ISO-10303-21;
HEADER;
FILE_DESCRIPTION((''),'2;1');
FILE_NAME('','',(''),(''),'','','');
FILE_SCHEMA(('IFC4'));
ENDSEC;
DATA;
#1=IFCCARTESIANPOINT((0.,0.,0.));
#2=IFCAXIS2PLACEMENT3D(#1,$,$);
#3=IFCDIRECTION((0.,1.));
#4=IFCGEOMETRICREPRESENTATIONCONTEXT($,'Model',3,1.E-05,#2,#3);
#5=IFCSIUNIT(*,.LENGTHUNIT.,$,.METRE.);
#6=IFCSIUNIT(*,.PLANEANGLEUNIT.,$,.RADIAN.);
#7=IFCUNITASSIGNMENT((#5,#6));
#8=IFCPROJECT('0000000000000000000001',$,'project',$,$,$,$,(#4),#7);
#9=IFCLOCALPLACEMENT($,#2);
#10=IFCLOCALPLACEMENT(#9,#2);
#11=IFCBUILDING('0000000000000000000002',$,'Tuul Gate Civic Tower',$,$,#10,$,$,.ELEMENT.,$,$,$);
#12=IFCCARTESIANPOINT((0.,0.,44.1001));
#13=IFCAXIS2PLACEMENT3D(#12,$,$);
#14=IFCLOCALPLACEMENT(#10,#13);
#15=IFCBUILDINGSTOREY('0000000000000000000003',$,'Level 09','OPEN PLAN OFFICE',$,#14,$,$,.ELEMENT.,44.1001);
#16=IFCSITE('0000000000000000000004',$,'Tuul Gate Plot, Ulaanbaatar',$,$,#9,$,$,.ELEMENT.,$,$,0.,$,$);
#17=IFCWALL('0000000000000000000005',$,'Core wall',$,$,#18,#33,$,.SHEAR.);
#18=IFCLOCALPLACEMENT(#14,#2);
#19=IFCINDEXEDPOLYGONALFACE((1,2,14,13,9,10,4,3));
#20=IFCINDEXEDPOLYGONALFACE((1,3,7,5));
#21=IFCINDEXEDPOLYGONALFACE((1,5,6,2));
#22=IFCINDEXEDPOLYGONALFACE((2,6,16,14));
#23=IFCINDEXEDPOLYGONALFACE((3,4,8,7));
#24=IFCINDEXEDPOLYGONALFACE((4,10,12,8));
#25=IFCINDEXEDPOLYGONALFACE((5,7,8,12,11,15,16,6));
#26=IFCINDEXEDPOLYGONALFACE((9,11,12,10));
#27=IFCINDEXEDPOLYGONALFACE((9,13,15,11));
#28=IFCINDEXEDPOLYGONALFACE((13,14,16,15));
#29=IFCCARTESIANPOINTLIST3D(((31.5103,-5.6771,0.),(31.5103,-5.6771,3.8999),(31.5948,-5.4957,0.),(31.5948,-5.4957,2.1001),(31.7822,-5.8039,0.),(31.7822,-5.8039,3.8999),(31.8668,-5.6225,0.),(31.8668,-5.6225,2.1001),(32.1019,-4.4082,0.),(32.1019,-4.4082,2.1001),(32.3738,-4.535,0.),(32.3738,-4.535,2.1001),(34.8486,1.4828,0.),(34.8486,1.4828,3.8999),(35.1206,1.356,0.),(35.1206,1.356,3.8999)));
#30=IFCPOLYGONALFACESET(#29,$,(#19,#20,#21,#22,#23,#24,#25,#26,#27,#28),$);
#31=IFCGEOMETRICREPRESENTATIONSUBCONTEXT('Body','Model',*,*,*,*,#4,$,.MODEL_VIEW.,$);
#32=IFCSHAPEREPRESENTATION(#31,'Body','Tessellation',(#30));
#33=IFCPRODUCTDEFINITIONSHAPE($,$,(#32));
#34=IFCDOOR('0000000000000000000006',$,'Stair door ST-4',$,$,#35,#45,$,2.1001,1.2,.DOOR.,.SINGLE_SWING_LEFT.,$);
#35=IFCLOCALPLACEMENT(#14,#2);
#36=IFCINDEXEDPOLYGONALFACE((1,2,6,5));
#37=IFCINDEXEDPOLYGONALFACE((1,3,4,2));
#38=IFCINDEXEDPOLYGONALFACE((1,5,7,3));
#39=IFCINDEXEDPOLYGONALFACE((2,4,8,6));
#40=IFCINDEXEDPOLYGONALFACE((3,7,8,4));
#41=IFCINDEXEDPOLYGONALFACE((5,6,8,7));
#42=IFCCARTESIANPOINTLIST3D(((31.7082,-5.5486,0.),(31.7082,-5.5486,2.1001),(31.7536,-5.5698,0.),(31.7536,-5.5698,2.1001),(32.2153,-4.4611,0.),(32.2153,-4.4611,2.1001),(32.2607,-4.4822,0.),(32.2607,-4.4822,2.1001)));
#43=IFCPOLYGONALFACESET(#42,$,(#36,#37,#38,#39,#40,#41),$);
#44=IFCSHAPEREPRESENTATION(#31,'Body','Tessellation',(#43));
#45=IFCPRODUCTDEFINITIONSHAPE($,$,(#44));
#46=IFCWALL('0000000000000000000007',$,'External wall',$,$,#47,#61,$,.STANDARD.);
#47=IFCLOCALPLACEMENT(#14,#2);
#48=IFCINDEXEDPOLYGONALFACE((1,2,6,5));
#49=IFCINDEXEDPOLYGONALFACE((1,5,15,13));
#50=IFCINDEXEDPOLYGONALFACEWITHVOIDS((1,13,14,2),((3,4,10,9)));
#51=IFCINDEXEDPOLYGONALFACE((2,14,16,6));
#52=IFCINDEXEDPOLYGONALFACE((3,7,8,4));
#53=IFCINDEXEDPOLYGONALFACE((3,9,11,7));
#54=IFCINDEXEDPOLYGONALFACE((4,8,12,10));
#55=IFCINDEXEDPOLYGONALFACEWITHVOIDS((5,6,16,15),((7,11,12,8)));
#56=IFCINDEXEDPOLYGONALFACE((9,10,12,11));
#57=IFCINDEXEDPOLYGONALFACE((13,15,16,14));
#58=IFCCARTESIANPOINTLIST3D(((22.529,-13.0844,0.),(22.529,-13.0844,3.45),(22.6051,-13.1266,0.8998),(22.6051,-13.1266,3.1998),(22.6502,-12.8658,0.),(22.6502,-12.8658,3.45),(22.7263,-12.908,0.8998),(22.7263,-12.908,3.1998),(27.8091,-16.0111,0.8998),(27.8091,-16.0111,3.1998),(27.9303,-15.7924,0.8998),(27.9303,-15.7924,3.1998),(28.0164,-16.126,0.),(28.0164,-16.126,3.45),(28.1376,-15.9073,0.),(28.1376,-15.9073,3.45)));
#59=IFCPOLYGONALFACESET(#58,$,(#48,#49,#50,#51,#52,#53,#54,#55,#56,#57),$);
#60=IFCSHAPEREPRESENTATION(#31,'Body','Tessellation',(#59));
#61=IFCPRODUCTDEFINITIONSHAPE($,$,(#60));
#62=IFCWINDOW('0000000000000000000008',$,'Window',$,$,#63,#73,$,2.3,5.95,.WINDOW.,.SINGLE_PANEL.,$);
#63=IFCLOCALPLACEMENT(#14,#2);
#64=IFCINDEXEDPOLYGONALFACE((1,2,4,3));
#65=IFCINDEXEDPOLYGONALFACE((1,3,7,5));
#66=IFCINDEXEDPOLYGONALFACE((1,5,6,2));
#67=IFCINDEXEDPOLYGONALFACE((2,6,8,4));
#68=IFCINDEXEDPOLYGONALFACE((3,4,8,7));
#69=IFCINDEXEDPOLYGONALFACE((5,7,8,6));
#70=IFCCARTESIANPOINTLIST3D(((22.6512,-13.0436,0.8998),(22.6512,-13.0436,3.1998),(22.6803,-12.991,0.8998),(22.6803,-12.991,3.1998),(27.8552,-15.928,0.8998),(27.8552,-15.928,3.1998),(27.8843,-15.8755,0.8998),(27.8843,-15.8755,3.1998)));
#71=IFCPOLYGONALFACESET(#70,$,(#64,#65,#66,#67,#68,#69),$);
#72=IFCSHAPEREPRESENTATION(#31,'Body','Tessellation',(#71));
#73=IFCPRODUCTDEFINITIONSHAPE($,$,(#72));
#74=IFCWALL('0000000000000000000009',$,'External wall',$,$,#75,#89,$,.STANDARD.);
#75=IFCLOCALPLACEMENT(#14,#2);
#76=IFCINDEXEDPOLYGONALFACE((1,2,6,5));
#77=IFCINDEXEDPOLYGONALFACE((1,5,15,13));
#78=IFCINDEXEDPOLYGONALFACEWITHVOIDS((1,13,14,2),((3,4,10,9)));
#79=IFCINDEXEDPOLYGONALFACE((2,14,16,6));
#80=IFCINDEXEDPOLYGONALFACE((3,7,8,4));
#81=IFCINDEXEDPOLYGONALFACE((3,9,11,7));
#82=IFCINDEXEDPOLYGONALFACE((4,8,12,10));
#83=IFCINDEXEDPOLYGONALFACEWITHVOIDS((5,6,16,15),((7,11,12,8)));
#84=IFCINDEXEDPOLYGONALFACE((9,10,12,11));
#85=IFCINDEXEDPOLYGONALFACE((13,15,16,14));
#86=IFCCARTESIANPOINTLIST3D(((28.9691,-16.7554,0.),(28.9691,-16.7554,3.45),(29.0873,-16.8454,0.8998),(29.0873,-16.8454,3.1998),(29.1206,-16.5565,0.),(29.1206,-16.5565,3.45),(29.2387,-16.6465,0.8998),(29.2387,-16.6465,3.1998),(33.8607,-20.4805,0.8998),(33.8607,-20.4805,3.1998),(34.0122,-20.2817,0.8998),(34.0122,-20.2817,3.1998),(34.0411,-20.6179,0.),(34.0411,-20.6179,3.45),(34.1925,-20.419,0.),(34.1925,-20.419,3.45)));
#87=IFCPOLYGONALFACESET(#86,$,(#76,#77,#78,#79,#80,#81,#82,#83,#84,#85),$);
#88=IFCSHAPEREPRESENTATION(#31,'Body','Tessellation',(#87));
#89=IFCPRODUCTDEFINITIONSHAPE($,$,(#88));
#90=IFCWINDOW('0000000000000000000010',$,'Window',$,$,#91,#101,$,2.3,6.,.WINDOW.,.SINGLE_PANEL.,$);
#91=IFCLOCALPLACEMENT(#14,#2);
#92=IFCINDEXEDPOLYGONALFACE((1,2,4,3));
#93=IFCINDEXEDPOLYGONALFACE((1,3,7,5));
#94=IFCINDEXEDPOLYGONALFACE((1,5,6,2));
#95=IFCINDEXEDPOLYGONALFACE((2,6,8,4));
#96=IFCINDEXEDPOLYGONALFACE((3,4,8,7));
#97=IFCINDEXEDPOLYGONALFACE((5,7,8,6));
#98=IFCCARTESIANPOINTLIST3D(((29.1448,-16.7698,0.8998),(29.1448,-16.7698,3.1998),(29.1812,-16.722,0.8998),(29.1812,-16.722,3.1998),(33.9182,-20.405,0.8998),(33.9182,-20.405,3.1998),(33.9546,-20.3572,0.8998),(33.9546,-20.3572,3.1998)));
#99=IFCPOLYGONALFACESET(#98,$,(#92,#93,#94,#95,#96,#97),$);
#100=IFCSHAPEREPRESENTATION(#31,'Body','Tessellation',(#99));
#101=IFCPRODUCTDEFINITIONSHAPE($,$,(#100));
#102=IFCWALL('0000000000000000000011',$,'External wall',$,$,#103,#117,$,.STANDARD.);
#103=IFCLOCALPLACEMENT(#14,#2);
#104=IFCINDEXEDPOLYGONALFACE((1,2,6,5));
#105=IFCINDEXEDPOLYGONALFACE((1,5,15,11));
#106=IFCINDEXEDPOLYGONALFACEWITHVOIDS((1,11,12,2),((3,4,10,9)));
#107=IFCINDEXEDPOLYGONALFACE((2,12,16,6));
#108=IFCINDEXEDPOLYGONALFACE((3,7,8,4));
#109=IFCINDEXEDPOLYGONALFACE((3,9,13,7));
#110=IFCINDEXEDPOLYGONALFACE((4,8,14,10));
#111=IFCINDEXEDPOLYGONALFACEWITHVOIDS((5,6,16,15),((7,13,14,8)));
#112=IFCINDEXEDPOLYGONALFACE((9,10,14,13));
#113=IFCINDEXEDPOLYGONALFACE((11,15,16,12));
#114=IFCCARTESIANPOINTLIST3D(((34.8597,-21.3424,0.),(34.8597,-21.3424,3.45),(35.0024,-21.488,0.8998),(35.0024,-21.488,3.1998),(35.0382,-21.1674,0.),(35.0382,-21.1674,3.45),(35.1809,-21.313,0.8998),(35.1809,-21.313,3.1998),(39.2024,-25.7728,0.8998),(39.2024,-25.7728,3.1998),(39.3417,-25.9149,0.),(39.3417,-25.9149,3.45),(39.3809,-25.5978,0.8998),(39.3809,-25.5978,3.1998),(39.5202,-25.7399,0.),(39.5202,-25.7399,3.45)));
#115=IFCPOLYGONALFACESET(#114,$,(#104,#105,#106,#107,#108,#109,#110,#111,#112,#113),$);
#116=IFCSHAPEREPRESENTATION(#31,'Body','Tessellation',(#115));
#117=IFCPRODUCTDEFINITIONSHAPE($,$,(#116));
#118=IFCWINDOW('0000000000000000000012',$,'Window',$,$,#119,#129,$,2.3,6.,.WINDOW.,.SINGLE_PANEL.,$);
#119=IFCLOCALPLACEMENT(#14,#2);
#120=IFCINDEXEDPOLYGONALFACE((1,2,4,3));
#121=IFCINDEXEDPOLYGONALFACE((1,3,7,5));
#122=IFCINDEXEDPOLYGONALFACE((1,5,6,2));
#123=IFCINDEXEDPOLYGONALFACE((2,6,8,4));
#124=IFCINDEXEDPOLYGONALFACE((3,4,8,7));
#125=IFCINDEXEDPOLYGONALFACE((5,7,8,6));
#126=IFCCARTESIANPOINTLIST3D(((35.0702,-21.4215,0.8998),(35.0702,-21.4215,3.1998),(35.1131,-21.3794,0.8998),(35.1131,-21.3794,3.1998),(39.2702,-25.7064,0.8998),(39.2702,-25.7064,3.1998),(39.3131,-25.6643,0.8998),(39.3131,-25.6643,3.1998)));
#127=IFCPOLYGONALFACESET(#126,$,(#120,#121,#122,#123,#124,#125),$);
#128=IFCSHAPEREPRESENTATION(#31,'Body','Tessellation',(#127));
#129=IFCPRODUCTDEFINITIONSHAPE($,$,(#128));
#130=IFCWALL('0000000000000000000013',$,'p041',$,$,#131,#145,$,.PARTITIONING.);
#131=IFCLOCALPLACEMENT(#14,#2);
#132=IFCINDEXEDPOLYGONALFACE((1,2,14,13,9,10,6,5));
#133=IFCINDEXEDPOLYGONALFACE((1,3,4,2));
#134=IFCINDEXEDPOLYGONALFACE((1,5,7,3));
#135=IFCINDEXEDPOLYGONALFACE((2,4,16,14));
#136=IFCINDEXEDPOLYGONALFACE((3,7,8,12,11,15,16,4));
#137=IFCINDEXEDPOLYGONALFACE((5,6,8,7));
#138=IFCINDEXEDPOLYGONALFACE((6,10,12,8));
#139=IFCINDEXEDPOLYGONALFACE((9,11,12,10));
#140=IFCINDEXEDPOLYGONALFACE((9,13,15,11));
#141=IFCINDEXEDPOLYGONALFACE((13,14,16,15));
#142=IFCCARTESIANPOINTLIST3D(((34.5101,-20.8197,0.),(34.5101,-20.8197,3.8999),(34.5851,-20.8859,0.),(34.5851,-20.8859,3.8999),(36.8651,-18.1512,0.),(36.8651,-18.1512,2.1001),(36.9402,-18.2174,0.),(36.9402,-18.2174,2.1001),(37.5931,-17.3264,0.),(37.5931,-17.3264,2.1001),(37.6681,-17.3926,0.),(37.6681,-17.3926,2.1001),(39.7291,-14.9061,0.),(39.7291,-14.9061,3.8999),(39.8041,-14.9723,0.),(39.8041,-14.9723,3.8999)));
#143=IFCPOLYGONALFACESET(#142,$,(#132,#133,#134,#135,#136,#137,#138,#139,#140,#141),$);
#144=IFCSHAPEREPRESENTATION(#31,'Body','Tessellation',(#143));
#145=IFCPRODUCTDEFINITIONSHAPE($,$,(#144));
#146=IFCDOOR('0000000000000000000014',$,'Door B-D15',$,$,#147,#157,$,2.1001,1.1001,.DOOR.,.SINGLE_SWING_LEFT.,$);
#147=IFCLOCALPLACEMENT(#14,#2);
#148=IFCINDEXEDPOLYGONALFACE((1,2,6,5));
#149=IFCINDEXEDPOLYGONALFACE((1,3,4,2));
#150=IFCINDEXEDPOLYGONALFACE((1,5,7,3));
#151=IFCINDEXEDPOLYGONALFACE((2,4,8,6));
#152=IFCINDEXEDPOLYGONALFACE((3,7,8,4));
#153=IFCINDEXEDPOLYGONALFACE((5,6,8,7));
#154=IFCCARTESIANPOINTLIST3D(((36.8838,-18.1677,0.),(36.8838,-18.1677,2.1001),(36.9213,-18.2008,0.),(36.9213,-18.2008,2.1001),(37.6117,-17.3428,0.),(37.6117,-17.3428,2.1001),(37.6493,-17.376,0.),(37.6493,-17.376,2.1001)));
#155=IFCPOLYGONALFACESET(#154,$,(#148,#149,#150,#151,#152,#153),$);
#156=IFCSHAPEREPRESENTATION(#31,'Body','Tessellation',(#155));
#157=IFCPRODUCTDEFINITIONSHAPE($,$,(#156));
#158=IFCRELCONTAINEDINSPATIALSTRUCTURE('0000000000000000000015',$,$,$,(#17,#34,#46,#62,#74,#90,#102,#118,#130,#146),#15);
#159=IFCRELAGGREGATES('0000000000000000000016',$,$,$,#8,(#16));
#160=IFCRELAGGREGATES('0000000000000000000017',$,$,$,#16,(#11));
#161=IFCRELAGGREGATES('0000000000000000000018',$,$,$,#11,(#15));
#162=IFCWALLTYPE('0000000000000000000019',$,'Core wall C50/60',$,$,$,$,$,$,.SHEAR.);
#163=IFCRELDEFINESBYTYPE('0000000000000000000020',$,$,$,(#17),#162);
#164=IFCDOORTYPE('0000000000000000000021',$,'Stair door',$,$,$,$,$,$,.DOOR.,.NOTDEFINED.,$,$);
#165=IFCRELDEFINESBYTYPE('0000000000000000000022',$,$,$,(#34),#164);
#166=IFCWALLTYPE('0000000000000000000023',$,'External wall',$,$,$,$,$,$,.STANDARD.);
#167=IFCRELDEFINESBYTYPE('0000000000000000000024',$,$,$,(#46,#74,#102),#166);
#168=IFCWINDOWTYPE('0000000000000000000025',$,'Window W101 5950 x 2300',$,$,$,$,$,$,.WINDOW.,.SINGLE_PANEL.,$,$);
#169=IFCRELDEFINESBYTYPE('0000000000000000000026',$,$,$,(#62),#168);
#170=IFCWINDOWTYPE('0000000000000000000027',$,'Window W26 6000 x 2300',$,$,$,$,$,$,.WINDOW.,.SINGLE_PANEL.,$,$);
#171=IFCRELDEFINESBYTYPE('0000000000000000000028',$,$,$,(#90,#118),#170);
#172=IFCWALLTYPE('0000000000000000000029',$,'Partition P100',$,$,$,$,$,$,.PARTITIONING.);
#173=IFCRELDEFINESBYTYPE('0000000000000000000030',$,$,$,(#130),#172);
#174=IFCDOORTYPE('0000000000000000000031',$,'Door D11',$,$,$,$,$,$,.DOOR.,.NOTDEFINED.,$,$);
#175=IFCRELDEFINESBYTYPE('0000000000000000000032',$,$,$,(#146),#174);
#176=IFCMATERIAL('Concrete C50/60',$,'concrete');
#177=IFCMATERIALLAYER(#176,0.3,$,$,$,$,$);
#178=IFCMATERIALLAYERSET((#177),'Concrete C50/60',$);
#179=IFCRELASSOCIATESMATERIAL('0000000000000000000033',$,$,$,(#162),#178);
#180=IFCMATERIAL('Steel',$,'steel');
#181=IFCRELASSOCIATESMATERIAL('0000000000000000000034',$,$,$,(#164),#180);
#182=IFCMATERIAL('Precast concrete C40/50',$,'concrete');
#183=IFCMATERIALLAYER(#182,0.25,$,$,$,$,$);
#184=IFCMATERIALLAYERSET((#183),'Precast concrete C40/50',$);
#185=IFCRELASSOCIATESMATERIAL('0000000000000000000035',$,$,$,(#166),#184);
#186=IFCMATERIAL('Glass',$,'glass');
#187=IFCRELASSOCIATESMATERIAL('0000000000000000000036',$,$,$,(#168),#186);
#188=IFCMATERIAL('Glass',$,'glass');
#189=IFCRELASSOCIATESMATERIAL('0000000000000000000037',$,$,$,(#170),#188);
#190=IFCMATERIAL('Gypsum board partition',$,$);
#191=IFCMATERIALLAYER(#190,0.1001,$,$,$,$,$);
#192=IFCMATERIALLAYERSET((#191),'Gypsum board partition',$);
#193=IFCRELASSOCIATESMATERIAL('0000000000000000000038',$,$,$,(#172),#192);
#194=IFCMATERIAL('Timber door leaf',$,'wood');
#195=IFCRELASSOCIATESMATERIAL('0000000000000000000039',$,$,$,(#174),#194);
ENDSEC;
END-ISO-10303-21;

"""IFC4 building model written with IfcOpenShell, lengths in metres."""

from ifc_helpers import new_model, si_unit, direction, frame, frame_2d, origin, place, context, subcontext, project, spatial, rectangle, extrude, material, layer, layer_set, type_object, element, fill, save


model = new_model("IFC4")

# Units and contexts
model_context = context("Model", 3, precision=1e-05, world=origin(), true_north=direction((0.0, 1.0)))
body_context = subcontext(model_context, "Body", "Model", "MODEL_VIEW")
ifc_project = project(units=[si_unit("LENGTHUNIT", "METRE"), si_unit("PLANEANGLEUNIT", "RADIAN")], contexts=[model_context])

# Site, building, storey
site_placement = place(None, origin())
site = spatial("IfcSite", under=ifc_project, at=site_placement, Name="Tuul Gate Plot, Ulaanbaatar", CompositionType="ELEMENT", RefElevation=0.0)
building_placement = place(site_placement, origin())
building = spatial("IfcBuilding", under=site, at=building_placement, Name="Tuul Gate Civic Tower", CompositionType="ELEMENT")
storey_placement = place(building_placement, frame((0.0, 0.0, 44.1001)))
storey = spatial("IfcBuildingStorey", under=building, at=storey_placement, Name="Level 09", Description="OPEN PLAN OFFICE", CompositionType="ELEMENT", Elevation=44.1001)

# Shared definitions
ifc_material_1 = material(Name="Concrete C50/60", Category="concrete")
ifc_layer_1 = layer(ifc_material_1, 0.3)
ifc_layer_set_1 = layer_set([ifc_layer_1], Name="Concrete C50/60")
wall_type_1 = type_object("IfcWallType", Name="Core wall C50/60", PredefinedType="SHEAR", material=ifc_layer_set_1)

# Wall, opening, door
wall_1_placement = place(storey_placement, frame((31.6462, -5.7405, 0.0), z_axis=(0.0, 0.0, 1.0), x_axis=(0.422583, 0.906324, 0.0)))
wall_1 = element("IfcWall", 1, at=wall_1_placement, inside=storey, type_object=wall_type_1, Name="Core wall", PredefinedType="SHEAR", context=body_context, shape_type="SweptSolid", body=[
    extrude(rectangle(XDim=7.8999, YDim=0.3, at=frame_2d((3.95, 0.0))), origin(), (0.0, 0.0, 1.0), 3.8999),
])
opening_1_placement = place(wall_1_placement, frame((0.2, 0.0, 0.0)))
opening_1 = element("IfcOpeningElement", 2, at=opening_1_placement, cuts=wall_1, PredefinedType="OPENING", context=body_context, shape_type="SweptSolid", body=[
    extrude(rectangle(XDim=1.2, YDim=2.1001, at=frame_2d((0.6001, 1.05))), frame((0.0, 0.1602, 0.0), z_axis=(0.0, -1.0, 0.0), x_axis=(1.0, 0.0, 0.0)), (0.0, 0.0, 1.0), 0.3201),
])
ifc_material_2 = material(Name="Steel", Category="steel")
door_type_1 = type_object("IfcDoorType", Name="Stair door", OperationType="NOTDEFINED", PredefinedType="DOOR", material=ifc_material_2)
door_1_placement = place(opening_1_placement, origin())
door_1 = element("IfcDoor", 3, at=door_1_placement, inside=storey, type_object=door_type_1, Name="Stair door ST-4", OperationType="SINGLE_SWING_LEFT", OverallHeight=2.1001, OverallWidth=1.2, PredefinedType="DOOR", context=body_context, shape_type="SweptSolid", body=[
    extrude(rectangle(XDim=1.2, YDim=2.1001, at=frame_2d((0.6001, 1.05))), frame((0.0, 0.0249, 0.0), z_axis=(0.0, -1.0, 0.0), x_axis=(1.0, 0.0, 0.0)), (0.0, 0.0, 1.0), 0.05),
])
fill(opening_1, door_1)

# Walls, openings, windows
ifc_material_3 = material(Name="Precast concrete C40/50", Category="concrete")
ifc_layer_2 = layer(ifc_material_3, 0.25)
ifc_layer_set_2 = layer_set([ifc_layer_2], Name="Precast concrete C40/50")
wall_type_2 = type_object("IfcWallType", Name="External wall", PredefinedType="STANDARD", material=ifc_layer_set_2)
wall_2_placement = place(storey_placement, frame((22.5896, -12.9751, 0.0), z_axis=(0.0, 0.0, 1.0), x_axis=(0.87463, -0.48479, 0.0)))
wall_2 = element("IfcWall", 4, at=wall_2_placement, inside=storey, type_object=wall_type_2, Name="External wall", PredefinedType="STANDARD", context=body_context, shape_type="SweptSolid", body=[
    extrude(rectangle(XDim=6.2739, YDim=0.25, at=frame_2d((3.137, 0.0))), origin(), (0.0, 0.0, 1.0), 3.45),
])
opening_2_placement = place(wall_2_placement, frame((0.0869, 0.0, 0.8999)))
opening_2 = element("IfcOpeningElement", 5, at=opening_2_placement, cuts=wall_2, PredefinedType="OPENING", context=body_context, shape_type="SweptSolid", body=[
    extrude(rectangle(XDim=5.95, YDim=2.3, at=frame_2d((2.9751, 1.1499))), frame((0.0, 0.135, 0.0), z_axis=(0.0, -1.0, 0.0), x_axis=(1.0, 0.0, 0.0)), (0.0, 0.0, 1.0), 0.27),
])
ifc_material_4 = material(Name="Glass", Category="glass")
window_type_1 = type_object("IfcWindowType", Name="Window W101 5950 x 2300", PartitioningType="SINGLE_PANEL", PredefinedType="WINDOW", material=ifc_material_4)
window_1_placement = place(opening_2_placement, origin())
window_1 = element("IfcWindow", 6, at=window_1_placement, inside=storey, type_object=window_type_1, Name="Window", OverallHeight=2.3, OverallWidth=5.95, PartitioningType="SINGLE_PANEL", PredefinedType="WINDOW", context=body_context, shape_type="SweptSolid", body=[
    extrude(rectangle(XDim=5.95, YDim=2.3, at=frame_2d((2.9751, 1.1499))), frame((0.0, 0.03, 0.0), z_axis=(0.0, -1.0, 0.0), x_axis=(1.0, 0.0, 0.0)), (0.0, 0.0, 1.0), 0.0601),
])
fill(opening_2, window_1)
wall_3_placement = place(storey_placement, frame((29.0449, -16.656, 0.0), z_axis=(0.0, 0.0, 1.0), x_axis=(0.795571, -0.60586, 0.0)))
wall_3 = element("IfcWall", 7, at=wall_3_placement, inside=storey, type_object=wall_type_2, Name="External wall", PredefinedType="STANDARD", context=body_context, shape_type="SweptSolid", body=[
    extrude(rectangle(XDim=6.3752, YDim=0.25, at=frame_2d((3.1875, 0.0))), origin(), (0.0, 0.0, 1.0), 3.45),
])
opening_3_placement = place(wall_3_placement, frame((0.1484, 0.0, 0.8999)))
opening_3 = element("IfcOpeningElement", 8, at=opening_3_placement, cuts=wall_3, PredefinedType="OPENING", context=body_context, shape_type="SweptSolid", body=[
    extrude(rectangle(XDim=6.0, YDim=2.3, at=frame_2d((3.0, 1.1499))), frame((0.0, 0.135, 0.0), z_axis=(0.0, -1.0, 0.0), x_axis=(1.0, 0.0, 0.0)), (0.0, 0.0, 1.0), 0.27),
])
ifc_material_5 = material(Name="Glass", Category="glass")
window_type_2 = type_object("IfcWindowType", Name="Window W26 6000 x 2300", PartitioningType="SINGLE_PANEL", PredefinedType="WINDOW", material=ifc_material_5)
window_2_placement = place(opening_3_placement, origin())
window_2 = element("IfcWindow", 9, at=window_2_placement, inside=storey, type_object=window_type_2, Name="Window", OverallHeight=2.3, OverallWidth=6.0, PartitioningType="SINGLE_PANEL", PredefinedType="WINDOW", context=body_context, shape_type="SweptSolid", body=[
    extrude(rectangle(XDim=6.0, YDim=2.3, at=frame_2d((3.0, 1.1499))), frame((0.0, 0.03, 0.0), z_axis=(0.0, -1.0, 0.0), x_axis=(1.0, 0.0, 0.0)), (0.0, 0.0, 1.0), 0.0601),
])
fill(opening_3, window_2)
wall_4_placement = place(storey_placement, frame((34.949, -21.2549, 0.0), z_axis=(0.0, 0.0, 1.0), x_axis=(0.699998, -0.714145, 0.0)))
wall_4 = element("IfcWall", 10, at=wall_4_placement, inside=storey, type_object=wall_type_2, Name="External wall", PredefinedType="STANDARD", context=body_context, shape_type="SweptSolid", body=[
    extrude(rectangle(XDim=6.4028, YDim=0.25, at=frame_2d((3.2014, 0.0))), origin(), (0.0, 0.0, 1.0), 3.45),
])
opening_4_placement = place(wall_4_placement, frame((0.2039, 0.0, 0.8999)))
opening_4 = element("IfcOpeningElement", 11, at=opening_4_placement, cuts=wall_4, PredefinedType="OPENING", context=body_context, shape_type="SweptSolid", body=[
    extrude(rectangle(XDim=6.0, YDim=2.3, at=frame_2d((3.0, 1.1499))), frame((0.0, 0.135, 0.0), z_axis=(0.0, -1.0, 0.0), x_axis=(1.0, 0.0, 0.0)), (0.0, 0.0, 1.0), 0.27),
])
window_3_placement = place(opening_4_placement, origin())
window_3 = element("IfcWindow", 12, at=window_3_placement, inside=storey, type_object=window_type_2, Name="Window", OverallHeight=2.3, OverallWidth=6.0, PartitioningType="SINGLE_PANEL", PredefinedType="WINDOW", context=body_context, shape_type="SweptSolid", body=[
    extrude(rectangle(XDim=6.0, YDim=2.3, at=frame_2d((3.0, 1.1499))), frame((0.0, 0.03, 0.0), z_axis=(0.0, -1.0, 0.0), x_axis=(1.0, 0.0, 0.0)), (0.0, 0.0, 1.0), 0.0601),
])
fill(opening_4, window_3)

# Wall, opening, door
ifc_material_6 = material(Name="Gypsum board partition")
ifc_layer_3 = layer(ifc_material_6, 0.1001)
ifc_layer_set_3 = layer_set([ifc_layer_3], Name="Gypsum board partition")
wall_type_3 = type_object("IfcWallType", Name="Partition P100", PredefinedType="PARTITIONING", material=ifc_layer_set_3)
wall_5_placement = place(storey_placement, frame((34.5476, -20.8528, 0.0), z_axis=(0.0, 0.0, 1.0), x_axis=(0.661703, 0.749766, 0.0)))
wall_5 = element("IfcWall", 13, at=wall_5_placement, inside=storey, type_object=wall_type_3, Name="p041", PredefinedType="PARTITIONING", context=body_context, shape_type="SweptSolid", body=[
    extrude(rectangle(XDim=7.8872, YDim=0.1001, at=frame_2d((3.9436, 0.0))), origin(), (0.0, 0.0, 1.0), 3.8999),
])
opening_5_placement = place(wall_5_placement, frame((3.5591, 0.0, 0.0)))
opening_5 = element("IfcOpeningElement", 14, at=opening_5_placement, cuts=wall_5, PredefinedType="OPENING", context=body_context, shape_type="SweptSolid", body=[
    extrude(rectangle(XDim=1.1001, YDim=2.1001, at=frame_2d((0.55, 1.05))), frame((0.0, 0.0601, 0.0), z_axis=(0.0, -1.0, 0.0), x_axis=(1.0, 0.0, 0.0)), (0.0, 0.0, 1.0), 0.1201),
])
ifc_material_7 = material(Name="Timber door leaf", Category="wood")
door_type_2 = type_object("IfcDoorType", Name="Door D11", OperationType="NOTDEFINED", PredefinedType="DOOR", material=ifc_material_7)
door_2_placement = place(opening_5_placement, frame((1.1001, 0.0, 0.0), z_axis=(0.0, 0.0, 1.0), x_axis=(-1.0, 0.0, 0.0)))
door_2 = element("IfcDoor", 15, at=door_2_placement, inside=storey, type_object=door_type_2, Name="Door B-D15", OperationType="SINGLE_SWING_LEFT", OverallHeight=2.1001, OverallWidth=1.1001, PredefinedType="DOOR", context=body_context, shape_type="SweptSolid", body=[
    extrude(rectangle(XDim=1.1001, YDim=2.1001, at=frame_2d((0.55, 1.05))), frame((0.0, 0.0249, 0.0), z_axis=(0.0, -1.0, 0.0), x_axis=(1.0, 0.0, 0.0)), (0.0, 0.0, 1.0), 0.05),
])
fill(opening_5, door_2)

save(model, "model.ifc")
